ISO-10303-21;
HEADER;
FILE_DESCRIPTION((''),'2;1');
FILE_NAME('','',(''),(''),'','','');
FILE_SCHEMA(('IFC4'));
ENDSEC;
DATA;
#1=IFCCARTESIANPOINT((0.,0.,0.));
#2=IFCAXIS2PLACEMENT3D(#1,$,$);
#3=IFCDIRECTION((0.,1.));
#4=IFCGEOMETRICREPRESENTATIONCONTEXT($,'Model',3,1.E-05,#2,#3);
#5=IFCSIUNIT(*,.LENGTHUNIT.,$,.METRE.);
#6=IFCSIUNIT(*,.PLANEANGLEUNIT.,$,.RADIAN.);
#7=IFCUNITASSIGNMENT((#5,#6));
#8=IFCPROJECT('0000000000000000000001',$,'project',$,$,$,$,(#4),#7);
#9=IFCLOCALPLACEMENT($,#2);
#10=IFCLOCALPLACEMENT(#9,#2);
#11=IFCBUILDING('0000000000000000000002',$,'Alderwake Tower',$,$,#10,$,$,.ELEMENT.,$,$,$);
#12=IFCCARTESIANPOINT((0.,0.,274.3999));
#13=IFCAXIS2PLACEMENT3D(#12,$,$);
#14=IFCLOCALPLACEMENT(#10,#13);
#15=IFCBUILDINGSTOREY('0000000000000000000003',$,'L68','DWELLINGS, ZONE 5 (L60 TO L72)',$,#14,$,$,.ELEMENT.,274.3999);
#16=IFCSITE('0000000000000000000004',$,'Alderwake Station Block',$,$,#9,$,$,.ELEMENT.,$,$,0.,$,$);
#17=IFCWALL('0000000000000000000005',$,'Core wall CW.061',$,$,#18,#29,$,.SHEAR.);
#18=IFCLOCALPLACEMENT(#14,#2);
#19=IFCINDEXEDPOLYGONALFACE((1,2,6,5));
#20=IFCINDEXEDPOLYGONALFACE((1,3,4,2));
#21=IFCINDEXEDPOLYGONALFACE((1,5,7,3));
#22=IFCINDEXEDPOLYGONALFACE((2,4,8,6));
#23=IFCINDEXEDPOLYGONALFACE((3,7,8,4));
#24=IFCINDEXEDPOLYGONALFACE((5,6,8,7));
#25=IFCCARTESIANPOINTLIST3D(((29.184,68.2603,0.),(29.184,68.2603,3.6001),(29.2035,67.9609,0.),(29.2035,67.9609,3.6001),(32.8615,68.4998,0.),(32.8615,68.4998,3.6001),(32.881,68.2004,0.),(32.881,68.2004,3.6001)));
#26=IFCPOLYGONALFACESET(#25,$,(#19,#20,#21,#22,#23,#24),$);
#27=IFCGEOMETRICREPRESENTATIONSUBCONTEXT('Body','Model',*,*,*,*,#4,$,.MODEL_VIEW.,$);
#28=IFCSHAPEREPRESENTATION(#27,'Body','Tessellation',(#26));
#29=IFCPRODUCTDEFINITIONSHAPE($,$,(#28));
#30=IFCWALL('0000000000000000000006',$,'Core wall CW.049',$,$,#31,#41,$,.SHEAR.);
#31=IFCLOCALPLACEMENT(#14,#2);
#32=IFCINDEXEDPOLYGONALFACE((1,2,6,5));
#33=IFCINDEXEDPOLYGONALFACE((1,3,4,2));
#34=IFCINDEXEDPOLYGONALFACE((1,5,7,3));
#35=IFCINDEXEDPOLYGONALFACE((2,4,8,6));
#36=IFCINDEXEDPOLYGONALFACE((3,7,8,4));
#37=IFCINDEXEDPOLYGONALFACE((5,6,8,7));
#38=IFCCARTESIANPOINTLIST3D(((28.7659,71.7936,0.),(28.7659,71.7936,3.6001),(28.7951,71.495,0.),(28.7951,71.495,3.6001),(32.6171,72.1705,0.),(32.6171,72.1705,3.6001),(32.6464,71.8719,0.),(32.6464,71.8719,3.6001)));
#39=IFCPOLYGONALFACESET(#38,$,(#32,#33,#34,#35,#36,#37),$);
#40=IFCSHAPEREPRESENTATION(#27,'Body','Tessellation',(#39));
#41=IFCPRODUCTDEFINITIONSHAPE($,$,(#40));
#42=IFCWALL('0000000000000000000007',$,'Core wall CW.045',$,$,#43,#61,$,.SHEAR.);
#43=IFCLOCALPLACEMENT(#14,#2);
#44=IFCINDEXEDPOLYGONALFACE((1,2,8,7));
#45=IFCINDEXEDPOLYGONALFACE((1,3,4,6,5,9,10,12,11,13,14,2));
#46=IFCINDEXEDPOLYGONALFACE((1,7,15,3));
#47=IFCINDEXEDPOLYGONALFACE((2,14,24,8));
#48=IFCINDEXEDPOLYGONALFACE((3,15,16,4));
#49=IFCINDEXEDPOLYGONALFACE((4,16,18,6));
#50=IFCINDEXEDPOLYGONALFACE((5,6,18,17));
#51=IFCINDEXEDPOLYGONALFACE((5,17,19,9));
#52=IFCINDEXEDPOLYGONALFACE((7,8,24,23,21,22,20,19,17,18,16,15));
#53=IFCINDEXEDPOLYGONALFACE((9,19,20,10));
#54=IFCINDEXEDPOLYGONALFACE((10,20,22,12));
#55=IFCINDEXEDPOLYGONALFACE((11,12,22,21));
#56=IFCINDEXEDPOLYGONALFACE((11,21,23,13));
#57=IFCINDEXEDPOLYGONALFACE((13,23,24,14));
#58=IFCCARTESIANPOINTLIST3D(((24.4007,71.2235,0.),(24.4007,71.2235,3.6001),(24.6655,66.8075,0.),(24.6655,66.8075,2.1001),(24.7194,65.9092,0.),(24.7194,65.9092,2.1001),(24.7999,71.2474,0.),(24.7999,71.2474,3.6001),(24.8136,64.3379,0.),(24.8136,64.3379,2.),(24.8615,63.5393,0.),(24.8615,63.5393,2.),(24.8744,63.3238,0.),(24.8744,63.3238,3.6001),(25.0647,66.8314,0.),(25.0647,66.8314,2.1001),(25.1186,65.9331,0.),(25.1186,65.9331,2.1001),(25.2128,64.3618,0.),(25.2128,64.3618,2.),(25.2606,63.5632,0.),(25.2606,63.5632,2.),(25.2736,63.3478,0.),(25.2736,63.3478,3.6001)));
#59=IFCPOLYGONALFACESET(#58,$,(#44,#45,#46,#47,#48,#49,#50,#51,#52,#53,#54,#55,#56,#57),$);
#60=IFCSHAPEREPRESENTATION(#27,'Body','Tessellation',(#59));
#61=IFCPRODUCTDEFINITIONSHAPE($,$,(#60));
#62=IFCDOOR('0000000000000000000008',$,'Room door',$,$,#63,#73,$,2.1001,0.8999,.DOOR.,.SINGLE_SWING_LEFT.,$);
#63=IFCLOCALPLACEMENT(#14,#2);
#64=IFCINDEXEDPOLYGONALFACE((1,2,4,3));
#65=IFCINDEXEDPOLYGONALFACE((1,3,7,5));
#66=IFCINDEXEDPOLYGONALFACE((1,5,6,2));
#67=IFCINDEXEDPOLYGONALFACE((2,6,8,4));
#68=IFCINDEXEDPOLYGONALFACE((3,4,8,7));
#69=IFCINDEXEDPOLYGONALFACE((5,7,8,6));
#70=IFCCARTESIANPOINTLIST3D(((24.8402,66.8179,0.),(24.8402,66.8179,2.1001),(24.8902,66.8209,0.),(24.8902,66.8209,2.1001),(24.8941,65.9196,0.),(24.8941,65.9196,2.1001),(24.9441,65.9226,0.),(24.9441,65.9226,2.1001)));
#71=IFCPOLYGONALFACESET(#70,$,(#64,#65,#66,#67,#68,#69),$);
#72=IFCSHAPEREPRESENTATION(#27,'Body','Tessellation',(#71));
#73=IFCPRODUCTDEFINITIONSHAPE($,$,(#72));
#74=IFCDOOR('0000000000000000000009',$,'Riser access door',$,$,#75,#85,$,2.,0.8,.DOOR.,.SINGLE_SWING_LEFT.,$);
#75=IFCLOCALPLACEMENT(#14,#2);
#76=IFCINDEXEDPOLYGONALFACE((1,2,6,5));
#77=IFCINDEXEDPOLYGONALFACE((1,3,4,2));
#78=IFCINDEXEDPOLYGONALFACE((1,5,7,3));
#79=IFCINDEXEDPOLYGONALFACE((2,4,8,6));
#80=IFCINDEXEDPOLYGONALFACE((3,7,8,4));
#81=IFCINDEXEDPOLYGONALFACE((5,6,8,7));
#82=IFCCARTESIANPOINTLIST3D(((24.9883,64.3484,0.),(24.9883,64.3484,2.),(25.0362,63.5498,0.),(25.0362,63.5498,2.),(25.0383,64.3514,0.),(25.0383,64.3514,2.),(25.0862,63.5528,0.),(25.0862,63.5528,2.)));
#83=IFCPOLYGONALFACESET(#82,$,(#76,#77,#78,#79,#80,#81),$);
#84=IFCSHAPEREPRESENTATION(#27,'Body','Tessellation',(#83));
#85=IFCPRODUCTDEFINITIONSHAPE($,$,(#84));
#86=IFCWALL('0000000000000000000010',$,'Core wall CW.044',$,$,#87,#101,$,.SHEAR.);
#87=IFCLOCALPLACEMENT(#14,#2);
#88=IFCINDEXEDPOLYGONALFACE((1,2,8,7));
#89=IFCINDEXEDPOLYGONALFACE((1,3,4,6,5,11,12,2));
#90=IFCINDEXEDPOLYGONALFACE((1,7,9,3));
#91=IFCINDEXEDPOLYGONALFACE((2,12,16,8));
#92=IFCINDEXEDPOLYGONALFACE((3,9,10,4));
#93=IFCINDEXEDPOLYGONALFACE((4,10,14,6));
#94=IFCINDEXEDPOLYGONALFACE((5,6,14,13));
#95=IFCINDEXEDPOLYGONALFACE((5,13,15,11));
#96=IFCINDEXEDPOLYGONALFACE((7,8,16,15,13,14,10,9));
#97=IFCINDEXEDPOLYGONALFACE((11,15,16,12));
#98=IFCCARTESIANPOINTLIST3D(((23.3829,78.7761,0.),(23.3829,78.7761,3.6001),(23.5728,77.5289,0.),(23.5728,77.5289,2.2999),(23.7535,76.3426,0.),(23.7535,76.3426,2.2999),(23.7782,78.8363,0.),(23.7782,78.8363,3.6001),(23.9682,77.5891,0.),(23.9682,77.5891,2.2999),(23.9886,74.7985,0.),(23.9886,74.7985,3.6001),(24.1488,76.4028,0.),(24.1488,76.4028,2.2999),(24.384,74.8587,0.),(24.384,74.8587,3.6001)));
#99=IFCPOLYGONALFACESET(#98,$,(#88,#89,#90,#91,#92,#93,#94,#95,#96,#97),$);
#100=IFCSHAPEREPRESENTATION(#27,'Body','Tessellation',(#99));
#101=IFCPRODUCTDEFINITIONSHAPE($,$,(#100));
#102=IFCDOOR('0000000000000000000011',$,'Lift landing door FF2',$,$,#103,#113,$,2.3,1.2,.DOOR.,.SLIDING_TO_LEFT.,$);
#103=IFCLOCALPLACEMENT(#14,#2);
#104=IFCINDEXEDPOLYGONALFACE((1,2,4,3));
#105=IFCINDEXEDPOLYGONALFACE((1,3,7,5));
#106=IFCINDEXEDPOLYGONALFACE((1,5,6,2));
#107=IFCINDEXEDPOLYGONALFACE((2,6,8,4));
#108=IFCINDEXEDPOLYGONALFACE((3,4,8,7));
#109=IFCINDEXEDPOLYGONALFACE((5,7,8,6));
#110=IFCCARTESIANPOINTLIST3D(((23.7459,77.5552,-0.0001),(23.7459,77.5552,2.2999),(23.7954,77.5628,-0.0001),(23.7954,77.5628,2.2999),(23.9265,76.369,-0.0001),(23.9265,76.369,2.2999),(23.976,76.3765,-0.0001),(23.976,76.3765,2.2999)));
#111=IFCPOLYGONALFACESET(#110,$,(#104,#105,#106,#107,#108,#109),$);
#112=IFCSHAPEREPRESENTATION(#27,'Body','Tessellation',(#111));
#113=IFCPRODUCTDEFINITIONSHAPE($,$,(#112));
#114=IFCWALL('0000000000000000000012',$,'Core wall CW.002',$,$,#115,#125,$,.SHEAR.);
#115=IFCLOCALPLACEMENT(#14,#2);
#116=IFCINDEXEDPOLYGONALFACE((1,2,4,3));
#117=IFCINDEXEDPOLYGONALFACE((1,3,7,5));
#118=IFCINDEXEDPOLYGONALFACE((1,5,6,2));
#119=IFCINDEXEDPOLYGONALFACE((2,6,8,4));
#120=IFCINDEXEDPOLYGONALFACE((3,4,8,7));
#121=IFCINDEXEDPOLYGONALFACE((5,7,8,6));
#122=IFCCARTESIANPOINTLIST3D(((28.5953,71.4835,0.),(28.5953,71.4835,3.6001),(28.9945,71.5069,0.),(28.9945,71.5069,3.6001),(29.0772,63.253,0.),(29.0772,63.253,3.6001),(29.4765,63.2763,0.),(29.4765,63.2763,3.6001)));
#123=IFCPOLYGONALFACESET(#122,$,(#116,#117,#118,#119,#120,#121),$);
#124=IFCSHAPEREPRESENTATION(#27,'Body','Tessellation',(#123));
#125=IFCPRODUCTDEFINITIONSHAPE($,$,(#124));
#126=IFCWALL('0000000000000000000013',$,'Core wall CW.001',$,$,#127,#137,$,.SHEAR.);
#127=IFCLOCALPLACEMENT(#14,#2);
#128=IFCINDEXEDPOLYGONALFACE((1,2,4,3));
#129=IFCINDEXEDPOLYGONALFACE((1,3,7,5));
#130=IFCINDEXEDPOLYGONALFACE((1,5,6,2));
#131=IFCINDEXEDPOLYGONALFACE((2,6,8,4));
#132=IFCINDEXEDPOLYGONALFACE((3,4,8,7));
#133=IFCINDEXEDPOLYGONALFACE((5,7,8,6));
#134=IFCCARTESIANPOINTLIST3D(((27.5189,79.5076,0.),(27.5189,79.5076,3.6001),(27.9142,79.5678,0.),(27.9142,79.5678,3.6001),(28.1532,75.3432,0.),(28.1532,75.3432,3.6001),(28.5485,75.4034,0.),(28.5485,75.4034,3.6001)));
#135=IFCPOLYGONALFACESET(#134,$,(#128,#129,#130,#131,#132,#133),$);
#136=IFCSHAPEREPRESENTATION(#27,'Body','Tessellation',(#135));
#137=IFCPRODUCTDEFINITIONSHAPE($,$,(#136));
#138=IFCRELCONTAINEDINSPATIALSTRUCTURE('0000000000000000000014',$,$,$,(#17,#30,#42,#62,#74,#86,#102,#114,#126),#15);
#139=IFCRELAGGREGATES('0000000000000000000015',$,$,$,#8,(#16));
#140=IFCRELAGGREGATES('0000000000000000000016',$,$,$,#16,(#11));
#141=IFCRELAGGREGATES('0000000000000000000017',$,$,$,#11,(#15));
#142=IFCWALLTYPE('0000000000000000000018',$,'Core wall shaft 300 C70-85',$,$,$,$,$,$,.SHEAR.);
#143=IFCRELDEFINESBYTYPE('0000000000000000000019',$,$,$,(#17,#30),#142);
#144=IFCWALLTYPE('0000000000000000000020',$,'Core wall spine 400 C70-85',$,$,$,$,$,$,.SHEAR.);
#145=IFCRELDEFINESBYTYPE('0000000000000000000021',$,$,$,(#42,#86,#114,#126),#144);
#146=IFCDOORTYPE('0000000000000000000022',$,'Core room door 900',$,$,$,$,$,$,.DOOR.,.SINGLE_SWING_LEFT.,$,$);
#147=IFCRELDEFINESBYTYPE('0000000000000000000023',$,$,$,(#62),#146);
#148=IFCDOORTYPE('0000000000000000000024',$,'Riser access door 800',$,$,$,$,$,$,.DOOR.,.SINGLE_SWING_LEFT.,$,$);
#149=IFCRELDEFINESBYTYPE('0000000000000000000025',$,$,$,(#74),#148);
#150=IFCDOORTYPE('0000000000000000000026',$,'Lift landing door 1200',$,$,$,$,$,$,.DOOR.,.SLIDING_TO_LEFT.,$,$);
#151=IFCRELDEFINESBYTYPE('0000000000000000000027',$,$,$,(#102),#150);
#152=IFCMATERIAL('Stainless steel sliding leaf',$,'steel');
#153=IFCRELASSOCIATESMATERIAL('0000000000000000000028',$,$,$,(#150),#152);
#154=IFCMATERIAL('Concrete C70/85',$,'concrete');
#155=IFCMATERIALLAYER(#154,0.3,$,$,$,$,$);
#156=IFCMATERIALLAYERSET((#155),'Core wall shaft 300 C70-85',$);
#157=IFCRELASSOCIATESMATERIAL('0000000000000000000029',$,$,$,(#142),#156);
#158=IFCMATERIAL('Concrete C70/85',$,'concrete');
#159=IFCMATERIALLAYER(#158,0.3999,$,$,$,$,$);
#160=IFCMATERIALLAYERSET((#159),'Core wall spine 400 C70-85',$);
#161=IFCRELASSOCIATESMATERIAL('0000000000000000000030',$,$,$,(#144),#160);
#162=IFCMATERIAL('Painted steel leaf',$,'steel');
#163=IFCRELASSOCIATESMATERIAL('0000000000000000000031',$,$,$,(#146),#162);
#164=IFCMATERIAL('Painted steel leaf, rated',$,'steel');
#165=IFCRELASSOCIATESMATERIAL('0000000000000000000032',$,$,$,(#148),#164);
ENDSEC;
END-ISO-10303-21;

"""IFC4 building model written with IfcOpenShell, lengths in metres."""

from ifc_helpers import new_model, si_unit, direction, frame, frame_2d, origin, place, context, subcontext, project, spatial, rectangle, extrude, material, layer, layer_set, type_object, element, fill, save


model = new_model("IFC4")

# Units and contexts
model_context = context("Model", 3, precision=1e-05, world=origin(), true_north=direction((0.0, 1.0)))
body_context = subcontext(model_context, "Body", "Model", "MODEL_VIEW")
ifc_project = project(units=[si_unit("LENGTHUNIT", "METRE"), si_unit("PLANEANGLEUNIT", "RADIAN")], contexts=[model_context])

# Site, building, storey
site_placement = place(None, origin())
site = spatial("IfcSite", under=ifc_project, at=site_placement, Name="Alderwake Station Block", CompositionType="ELEMENT", RefElevation=0.0)
building_placement = place(site_placement, origin())
building = spatial("IfcBuilding", under=site, at=building_placement, Name="Alderwake Tower", CompositionType="ELEMENT")
storey_placement = place(building_placement, frame((0.0, 0.0, 274.3999)))
storey = spatial("IfcBuildingStorey", under=building, at=storey_placement, Name="L68", Description="DWELLINGS, ZONE 5 (L60 TO L72)", CompositionType="ELEMENT", Elevation=274.3999)

# Shared definitions
ifc_material_1 = material(Name="Stainless steel sliding leaf", Category="steel")
door_type_1 = type_object("IfcDoorType", Name="Lift landing door 1200", OperationType="SLIDING_TO_LEFT", PredefinedType="DOOR", material=ifc_material_1)

# Walls
ifc_material_2 = material(Name="Concrete C70/85", Category="concrete")
ifc_layer_1 = layer(ifc_material_2, 0.3)
ifc_layer_set_1 = layer_set([ifc_layer_1], Name="Core wall shaft 300 C70-85")
wall_type_1 = type_object("IfcWallType", Name="Core wall shaft 300 C70-85", PredefinedType="SHEAR", material=ifc_layer_set_1)
wall_1_placement = place(storey_placement, frame((29.1936, 68.1106, 0.0), z_axis=(0.0, 0.0, 1.0), x_axis=(0.997886, 0.064989, 0.0)))
element("IfcWall", 1, at=wall_1_placement, inside=storey, type_object=wall_type_1, Name="Core wall CW.061", PredefinedType="SHEAR", context=body_context, shape_type="SweptSolid", body=[
    extrude(rectangle(XDim=3.6853, YDim=0.3, at=frame_2d((1.8428, 0.0))), origin(), (0.0, 0.0, 1.0), 3.6001),
])
wall_2_placement = place(storey_placement, frame((28.7805, 71.6443, 0.0), z_axis=(0.0, 0.0, 1.0), x_axis=(0.995244, 0.097411, 0.0)))
element("IfcWall", 2, at=wall_2_placement, inside=storey, type_object=wall_type_1, Name="Core wall CW.049", PredefinedType="SHEAR", context=body_context, shape_type="SweptSolid", body=[
    extrude(rectangle(XDim=3.8696, YDim=0.3, at=frame_2d((1.9348, 0.0))), origin(), (0.0, 0.0, 1.0), 3.6001),
])

# Wall, openings, doors
ifc_material_3 = material(Name="Concrete C70/85", Category="concrete")
ifc_layer_2 = layer(ifc_material_3, 0.3999)
ifc_layer_set_2 = layer_set([ifc_layer_2], Name="Core wall spine 400 C70-85")
wall_type_2 = type_object("IfcWallType", Name="Core wall spine 400 C70-85", PredefinedType="SHEAR", material=ifc_layer_set_2)
wall_3_placement = place(storey_placement, frame((25.074, 63.3357, 0.0), z_axis=(0.0, 0.0, 1.0), x_axis=(-0.059849, 0.998207, 0.0)))
wall_3 = element("IfcWall", 3, at=wall_3_placement, inside=storey, type_object=wall_type_2, Name="Core wall CW.045", PredefinedType="SHEAR", context=body_context, shape_type="SweptSolid", body=[
    extrude(rectangle(XDim=7.9138, YDim=0.3999, at=frame_2d((3.957, 0.0))), origin(), (0.0, 0.0, 1.0), 3.6001),
])
opening_1_placement = place(wall_3_placement, frame((0.2161, 0.0, 0.0)))
opening_1 = element("IfcOpeningElement", 4, at=opening_1_placement, cuts=wall_3, PredefinedType="OPENING", context=body_context, shape_type="SweptSolid", body=[
    extrude(rectangle(XDim=0.8, YDim=2.0, at=frame_2d((0.3999, 1.0))), frame((0.0, 0.21, 0.0), z_axis=(0.0, -1.0, 0.0), x_axis=(1.0, 0.0, 0.0)), (0.0, 0.0, 1.0), 0.4199),
])
opening_2_placement = place(wall_3_placement, frame((2.5901, 0.0, 0.0)))
opening_2 = element("IfcOpeningElement", 5, at=opening_2_placement, cuts=wall_3, PredefinedType="OPENING", context=body_context, shape_type="SweptSolid", body=[
    extrude(rectangle(XDim=0.8999, YDim=2.1001, at=frame_2d((0.45, 1.05))), frame((0.0, 0.21, 0.0), z_axis=(0.0, -1.0, 0.0), x_axis=(1.0, 0.0, 0.0)), (0.0, 0.0, 1.0), 0.4199),
])
ifc_material_4 = material(Name="Painted steel leaf", Category="steel")
door_type_2 = type_object("IfcDoorType", Name="Core room door 900", OperationType="SINGLE_SWING_LEFT", PredefinedType="DOOR", material=ifc_material_4)
door_1_placement = place(opening_2_placement, origin())
door_1 = element("IfcDoor", 6, at=door_1_placement, inside=storey, type_object=door_type_2, Name="Room door", OperationType="SINGLE_SWING_LEFT", OverallHeight=2.1001, OverallWidth=0.8999, PredefinedType="DOOR", context=body_context, shape_type="SweptSolid", body=[
    extrude(rectangle(XDim=0.8999, YDim=2.1001, at=frame_2d((0.45, 1.05))), frame((0.0, 0.0249, 0.0), z_axis=(0.0, -1.0, 0.0), x_axis=(1.0, 0.0, 0.0)), (0.0, 0.0, 1.0), 0.05),
])
fill(opening_2, door_1)
ifc_material_5 = material(Name="Painted steel leaf, rated", Category="steel")
door_type_3 = type_object("IfcDoorType", Name="Riser access door 800", OperationType="SINGLE_SWING_LEFT", PredefinedType="DOOR", material=ifc_material_5)
door_2_placement = place(opening_1_placement, origin())
door_2 = element("IfcDoor", 7, at=door_2_placement, inside=storey, type_object=door_type_3, Name="Riser access door", OperationType="SINGLE_SWING_LEFT", OverallHeight=2.0, OverallWidth=0.8, PredefinedType="DOOR", context=body_context, shape_type="SweptSolid", body=[
    extrude(rectangle(XDim=0.8, YDim=2.0, at=frame_2d((0.3999, 1.0))), frame((0.0, 0.0249, 0.0), z_axis=(0.0, -1.0, 0.0), x_axis=(1.0, 0.0, 0.0)), (0.0, 0.0, 1.0), 0.05),
])
fill(opening_1, door_2)

# Wall, opening, door
wall_4_placement = place(storey_placement, frame((24.1863, 74.8286, 0.0), z_axis=(0.0, 0.0, 1.0), x_axis=(-0.150548, 0.988603, 0.0)))
wall_4 = element("IfcWall", 8, at=wall_4_placement, inside=storey, type_object=wall_type_2, Name="Core wall CW.044", PredefinedType="SHEAR", context=body_context, shape_type="SweptSolid", body=[
    extrude(rectangle(XDim=4.0234, YDim=0.3999, at=frame_2d((2.0117, 0.0))), origin(), (0.0, 0.0, 1.0), 3.6001),
])
opening_3_placement = place(wall_4_placement, frame((1.5618, 0.0, 0.0)))
opening_3 = element("IfcOpeningElement", 9, at=opening_3_placement, cuts=wall_4, PredefinedType="OPENING", context=body_context, shape_type="SweptSolid", body=[
    extrude(rectangle(XDim=1.2, YDim=2.3, at=frame_2d((0.6001, 1.1499))), frame((0.0, 0.21, 0.0), z_axis=(0.0, -1.0, 0.0), x_axis=(1.0, 0.0, 0.0)), (0.0, 0.0, 1.0), 0.4199),
])
door_3_placement = place(opening_3_placement, origin())
door_3 = element("IfcDoor", 10, at=door_3_placement, inside=storey, type_object=door_type_1, Name="Lift landing door FF2", OperationType="SLIDING_TO_LEFT", OverallHeight=2.3, OverallWidth=1.2, PredefinedType="DOOR", context=body_context, shape_type="SweptSolid", body=[
    extrude(rectangle(XDim=1.2, YDim=2.3, at=frame_2d((0.6001, 1.1499))), frame((0.0, 0.0249, 0.0), z_axis=(0.0, -1.0, 0.0), x_axis=(1.0, 0.0, 0.0)), (0.0, 0.0, 1.0), 0.05),
])
fill(opening_3, door_3)

# Walls
wall_5_placement = place(storey_placement, frame((29.2769, 63.2646, 0.0), z_axis=(0.0, 0.0, 1.0), x_axis=(-0.058455, 0.99829, 0.0)))
element("IfcWall", 11, at=wall_5_placement, inside=storey, type_object=wall_type_2, Name="Core wall CW.002", PredefinedType="SHEAR", context=body_context, shape_type="SweptSolid", body=[
    extrude(rectangle(XDim=8.2446, YDim=0.3999, at=frame_2d((4.1223, 0.0))), origin(), (0.0, 0.0, 1.0), 3.6001),
])
wall_6_placement = place(storey_placement, frame((28.3508, 75.3733, 0.0), z_axis=(0.0, 0.0, 1.0), x_axis=(-0.150576, 0.988598, 0.0)))
element("IfcWall", 12, at=wall_6_placement, inside=storey, type_object=wall_type_2, Name="Core wall CW.001", PredefinedType="SHEAR", context=body_context, shape_type="SweptSolid", body=[
    extrude(rectangle(XDim=4.2124, YDim=0.3999, at=frame_2d((2.1062, 0.0))), origin(), (0.0, 0.0, 1.0), 3.6001),
])

save(model, "model.ifc")
